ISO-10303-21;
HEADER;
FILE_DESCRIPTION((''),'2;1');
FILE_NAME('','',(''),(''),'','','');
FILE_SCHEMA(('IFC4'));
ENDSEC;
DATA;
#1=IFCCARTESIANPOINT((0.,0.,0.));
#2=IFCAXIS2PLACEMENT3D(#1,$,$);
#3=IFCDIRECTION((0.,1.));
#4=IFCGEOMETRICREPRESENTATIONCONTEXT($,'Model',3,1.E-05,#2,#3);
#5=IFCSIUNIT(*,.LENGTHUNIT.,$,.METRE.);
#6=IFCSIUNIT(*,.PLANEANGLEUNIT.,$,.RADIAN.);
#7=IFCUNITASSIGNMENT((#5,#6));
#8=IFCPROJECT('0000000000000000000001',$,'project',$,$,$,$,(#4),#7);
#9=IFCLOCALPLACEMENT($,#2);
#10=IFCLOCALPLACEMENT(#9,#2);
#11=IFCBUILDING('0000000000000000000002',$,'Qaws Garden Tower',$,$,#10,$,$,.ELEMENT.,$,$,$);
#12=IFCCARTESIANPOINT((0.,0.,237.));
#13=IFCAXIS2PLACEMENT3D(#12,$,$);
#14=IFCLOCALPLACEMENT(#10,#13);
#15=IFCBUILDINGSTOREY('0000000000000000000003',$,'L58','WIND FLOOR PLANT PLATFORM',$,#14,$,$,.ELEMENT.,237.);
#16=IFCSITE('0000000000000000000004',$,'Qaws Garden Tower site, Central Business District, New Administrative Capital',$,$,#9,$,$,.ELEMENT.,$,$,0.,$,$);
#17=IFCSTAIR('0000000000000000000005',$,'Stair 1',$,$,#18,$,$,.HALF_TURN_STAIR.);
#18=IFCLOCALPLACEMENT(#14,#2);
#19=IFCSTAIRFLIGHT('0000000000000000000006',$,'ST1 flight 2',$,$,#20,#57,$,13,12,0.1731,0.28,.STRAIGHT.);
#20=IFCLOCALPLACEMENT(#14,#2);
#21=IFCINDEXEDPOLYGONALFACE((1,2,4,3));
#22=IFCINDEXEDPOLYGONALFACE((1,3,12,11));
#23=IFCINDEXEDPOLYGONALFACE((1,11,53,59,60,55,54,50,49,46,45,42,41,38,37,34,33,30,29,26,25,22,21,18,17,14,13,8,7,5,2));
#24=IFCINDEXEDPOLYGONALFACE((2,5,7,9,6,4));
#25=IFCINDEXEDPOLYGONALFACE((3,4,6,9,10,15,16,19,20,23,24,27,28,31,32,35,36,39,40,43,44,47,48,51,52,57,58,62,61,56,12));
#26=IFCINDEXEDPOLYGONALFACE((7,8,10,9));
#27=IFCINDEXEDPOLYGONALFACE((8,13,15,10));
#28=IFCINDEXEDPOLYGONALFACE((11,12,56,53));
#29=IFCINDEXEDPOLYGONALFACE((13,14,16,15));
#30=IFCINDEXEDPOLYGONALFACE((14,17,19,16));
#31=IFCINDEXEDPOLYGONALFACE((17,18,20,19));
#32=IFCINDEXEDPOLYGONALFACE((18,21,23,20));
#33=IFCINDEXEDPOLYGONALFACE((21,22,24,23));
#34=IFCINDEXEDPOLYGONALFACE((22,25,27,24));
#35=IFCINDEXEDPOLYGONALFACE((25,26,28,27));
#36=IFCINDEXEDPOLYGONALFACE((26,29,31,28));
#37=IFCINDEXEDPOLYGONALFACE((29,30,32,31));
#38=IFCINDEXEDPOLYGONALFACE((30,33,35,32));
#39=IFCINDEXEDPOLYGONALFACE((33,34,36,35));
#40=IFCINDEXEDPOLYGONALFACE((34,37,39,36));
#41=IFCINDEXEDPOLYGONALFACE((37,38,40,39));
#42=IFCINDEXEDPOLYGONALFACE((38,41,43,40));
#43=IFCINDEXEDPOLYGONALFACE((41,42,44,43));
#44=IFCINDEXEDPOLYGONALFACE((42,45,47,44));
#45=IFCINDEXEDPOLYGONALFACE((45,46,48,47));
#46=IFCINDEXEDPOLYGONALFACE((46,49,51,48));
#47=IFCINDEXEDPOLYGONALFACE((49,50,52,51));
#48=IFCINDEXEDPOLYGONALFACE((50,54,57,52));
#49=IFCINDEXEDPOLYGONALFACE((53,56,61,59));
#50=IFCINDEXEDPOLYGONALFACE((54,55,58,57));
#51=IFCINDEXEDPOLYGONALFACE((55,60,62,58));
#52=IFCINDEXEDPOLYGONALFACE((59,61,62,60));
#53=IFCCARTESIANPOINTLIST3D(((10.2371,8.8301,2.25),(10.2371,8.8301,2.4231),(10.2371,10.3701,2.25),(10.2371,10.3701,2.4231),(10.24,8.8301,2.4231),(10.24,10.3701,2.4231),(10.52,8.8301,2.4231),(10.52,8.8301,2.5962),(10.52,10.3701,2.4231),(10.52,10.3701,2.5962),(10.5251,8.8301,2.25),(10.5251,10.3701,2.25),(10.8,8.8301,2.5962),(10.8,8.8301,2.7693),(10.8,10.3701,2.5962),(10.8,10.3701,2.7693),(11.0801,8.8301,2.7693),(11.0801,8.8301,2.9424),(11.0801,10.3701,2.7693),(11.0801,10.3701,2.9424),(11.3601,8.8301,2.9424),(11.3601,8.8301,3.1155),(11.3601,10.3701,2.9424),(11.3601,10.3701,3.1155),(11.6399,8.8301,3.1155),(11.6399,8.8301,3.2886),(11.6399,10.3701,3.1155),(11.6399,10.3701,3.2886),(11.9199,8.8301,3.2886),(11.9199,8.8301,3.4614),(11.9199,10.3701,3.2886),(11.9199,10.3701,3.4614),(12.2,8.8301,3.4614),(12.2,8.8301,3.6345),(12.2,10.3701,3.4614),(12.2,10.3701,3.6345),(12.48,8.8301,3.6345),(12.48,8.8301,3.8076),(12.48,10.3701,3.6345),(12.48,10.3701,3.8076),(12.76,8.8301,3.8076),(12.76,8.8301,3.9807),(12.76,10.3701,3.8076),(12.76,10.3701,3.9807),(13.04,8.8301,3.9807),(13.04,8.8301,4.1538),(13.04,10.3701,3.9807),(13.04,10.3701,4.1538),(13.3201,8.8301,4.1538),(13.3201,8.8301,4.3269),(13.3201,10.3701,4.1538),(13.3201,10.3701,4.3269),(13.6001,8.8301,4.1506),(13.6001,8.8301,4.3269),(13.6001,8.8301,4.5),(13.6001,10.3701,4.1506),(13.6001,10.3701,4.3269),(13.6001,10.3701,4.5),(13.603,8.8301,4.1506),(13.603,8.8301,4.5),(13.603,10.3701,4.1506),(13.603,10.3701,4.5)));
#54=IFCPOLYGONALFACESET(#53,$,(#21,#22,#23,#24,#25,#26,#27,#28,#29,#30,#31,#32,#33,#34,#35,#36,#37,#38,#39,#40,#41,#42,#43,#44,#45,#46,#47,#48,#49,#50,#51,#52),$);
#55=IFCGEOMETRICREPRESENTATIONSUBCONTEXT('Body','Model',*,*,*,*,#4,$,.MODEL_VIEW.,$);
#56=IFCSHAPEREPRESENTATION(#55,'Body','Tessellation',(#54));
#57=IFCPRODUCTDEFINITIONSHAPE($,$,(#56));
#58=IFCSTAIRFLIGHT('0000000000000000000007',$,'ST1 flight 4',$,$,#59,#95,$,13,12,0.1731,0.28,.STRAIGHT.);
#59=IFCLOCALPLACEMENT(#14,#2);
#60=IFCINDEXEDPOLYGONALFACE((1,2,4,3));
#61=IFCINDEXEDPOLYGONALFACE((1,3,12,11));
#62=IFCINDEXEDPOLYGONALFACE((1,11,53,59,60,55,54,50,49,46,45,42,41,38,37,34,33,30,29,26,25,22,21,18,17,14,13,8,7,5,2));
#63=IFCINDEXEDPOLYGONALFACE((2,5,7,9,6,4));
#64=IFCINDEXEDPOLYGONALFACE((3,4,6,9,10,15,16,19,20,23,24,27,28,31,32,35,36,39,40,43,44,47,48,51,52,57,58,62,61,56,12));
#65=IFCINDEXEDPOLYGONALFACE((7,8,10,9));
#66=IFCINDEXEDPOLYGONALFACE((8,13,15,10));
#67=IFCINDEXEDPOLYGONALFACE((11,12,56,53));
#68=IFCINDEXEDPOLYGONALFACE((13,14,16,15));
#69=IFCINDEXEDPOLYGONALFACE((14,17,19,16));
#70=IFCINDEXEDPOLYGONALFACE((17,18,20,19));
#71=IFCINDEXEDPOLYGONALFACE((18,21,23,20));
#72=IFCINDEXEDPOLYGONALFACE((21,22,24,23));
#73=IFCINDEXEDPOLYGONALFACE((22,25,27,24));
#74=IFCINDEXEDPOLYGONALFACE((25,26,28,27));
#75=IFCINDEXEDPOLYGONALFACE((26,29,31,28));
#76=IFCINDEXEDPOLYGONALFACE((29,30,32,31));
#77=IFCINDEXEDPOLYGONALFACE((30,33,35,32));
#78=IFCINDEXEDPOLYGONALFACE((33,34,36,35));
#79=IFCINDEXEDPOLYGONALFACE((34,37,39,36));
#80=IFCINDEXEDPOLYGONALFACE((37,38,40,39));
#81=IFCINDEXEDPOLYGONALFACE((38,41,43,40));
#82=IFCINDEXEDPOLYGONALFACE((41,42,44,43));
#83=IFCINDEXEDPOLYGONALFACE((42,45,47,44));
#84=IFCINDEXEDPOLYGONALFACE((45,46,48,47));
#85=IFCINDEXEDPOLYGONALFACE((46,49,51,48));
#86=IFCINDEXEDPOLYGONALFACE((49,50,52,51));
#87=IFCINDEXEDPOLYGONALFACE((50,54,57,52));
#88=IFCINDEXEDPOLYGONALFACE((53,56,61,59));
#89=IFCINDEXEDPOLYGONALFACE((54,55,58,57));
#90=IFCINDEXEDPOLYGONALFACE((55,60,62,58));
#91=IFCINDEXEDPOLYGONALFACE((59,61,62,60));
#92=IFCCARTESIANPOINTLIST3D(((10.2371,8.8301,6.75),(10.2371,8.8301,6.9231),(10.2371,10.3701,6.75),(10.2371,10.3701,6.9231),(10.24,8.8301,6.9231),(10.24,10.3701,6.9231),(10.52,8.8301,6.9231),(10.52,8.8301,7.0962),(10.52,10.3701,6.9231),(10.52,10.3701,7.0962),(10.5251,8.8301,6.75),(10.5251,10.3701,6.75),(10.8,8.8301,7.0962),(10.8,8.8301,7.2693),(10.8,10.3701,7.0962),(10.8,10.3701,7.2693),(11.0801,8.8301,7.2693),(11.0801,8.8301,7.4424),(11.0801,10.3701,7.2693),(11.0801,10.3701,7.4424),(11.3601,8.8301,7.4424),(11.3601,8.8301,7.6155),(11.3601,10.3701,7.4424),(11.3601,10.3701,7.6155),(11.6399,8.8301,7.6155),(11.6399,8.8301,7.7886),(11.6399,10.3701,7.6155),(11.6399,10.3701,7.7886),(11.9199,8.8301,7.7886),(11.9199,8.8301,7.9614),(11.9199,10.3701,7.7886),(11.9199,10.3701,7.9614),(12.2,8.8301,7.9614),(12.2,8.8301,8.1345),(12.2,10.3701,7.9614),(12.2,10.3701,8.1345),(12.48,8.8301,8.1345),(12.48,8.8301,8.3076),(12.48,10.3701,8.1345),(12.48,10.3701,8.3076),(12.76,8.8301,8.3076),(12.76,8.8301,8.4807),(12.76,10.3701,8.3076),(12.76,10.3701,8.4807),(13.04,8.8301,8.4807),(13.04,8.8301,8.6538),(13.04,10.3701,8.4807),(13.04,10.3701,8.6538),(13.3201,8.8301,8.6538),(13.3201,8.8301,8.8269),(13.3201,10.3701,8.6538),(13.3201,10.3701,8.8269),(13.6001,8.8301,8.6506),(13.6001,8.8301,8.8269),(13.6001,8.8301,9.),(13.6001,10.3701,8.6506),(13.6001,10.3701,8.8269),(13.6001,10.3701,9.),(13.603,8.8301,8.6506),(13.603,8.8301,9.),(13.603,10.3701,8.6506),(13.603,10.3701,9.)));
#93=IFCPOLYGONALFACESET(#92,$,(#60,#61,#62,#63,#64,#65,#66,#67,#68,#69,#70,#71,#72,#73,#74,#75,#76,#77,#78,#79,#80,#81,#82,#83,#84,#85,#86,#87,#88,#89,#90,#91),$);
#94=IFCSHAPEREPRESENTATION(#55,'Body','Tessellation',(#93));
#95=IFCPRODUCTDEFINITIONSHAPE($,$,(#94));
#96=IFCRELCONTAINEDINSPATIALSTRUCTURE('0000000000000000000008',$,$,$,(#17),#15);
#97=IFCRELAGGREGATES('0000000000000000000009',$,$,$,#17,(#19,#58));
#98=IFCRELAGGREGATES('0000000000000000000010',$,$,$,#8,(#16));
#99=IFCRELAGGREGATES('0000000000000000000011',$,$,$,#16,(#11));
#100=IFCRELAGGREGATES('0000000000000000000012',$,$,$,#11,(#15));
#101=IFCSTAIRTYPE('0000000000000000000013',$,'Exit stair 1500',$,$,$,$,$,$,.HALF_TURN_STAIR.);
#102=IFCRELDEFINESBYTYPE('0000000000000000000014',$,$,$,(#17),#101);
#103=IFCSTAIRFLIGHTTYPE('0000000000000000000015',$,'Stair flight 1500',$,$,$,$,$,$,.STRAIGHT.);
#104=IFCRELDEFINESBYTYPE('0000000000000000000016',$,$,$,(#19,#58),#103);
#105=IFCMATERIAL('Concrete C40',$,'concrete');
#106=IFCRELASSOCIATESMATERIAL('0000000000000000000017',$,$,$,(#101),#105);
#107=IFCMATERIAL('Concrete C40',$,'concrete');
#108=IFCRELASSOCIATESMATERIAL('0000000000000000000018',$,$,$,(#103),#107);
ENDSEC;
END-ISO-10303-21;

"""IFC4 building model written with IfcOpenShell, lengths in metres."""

from ifc_helpers import new_model, si_unit, direction, frame, origin, place, context, subcontext, project, spatial, polyline, outline, extrude, material, type_object, element, aggregate, save


model = new_model("IFC4")

# Units and contexts
model_context = context("Model", 3, precision=1e-05, world=origin(), true_north=direction((0.0, 1.0)))
body_context = subcontext(model_context, "Body", "Model", "MODEL_VIEW")
ifc_project = project(units=[si_unit("LENGTHUNIT", "METRE"), si_unit("PLANEANGLEUNIT", "RADIAN")], contexts=[model_context])

# Site, building, storey
site_placement = place(None, origin())
site = spatial("IfcSite", under=ifc_project, at=site_placement, Name="Qaws Garden Tower site, Central Business District, New Administrative Capital", CompositionType="ELEMENT", RefElevation=0.0)
building_placement = place(site_placement, origin())
building = spatial("IfcBuilding", under=site, at=building_placement, Name="Qaws Garden Tower", CompositionType="ELEMENT")
storey_placement = place(building_placement, frame((0.0, 0.0, 237.0)))
storey = spatial("IfcBuildingStorey", under=building, at=storey_placement, Name="L58", Description="WIND FLOOR PLANT PLATFORM", CompositionType="ELEMENT", Elevation=237.0)

# Stair, stair flights
ifc_material_1 = material(Name="Concrete C40", Category="concrete")
stair_type = type_object("IfcStairType", Name="Exit stair 1500", PredefinedType="HALF_TURN_STAIR", material=ifc_material_1)
stair_placement = place(storey_placement, origin())
stair = element("IfcStair", 1, at=stair_placement, inside=storey, type_object=stair_type, Name="Stair 1", PredefinedType="HALF_TURN_STAIR")
ifc_material_2 = material(Name="Concrete C40", Category="concrete")
stair_flight_type = type_object("IfcStairFlightType", Name="Stair flight 1500", PredefinedType="STRAIGHT", material=ifc_material_2)
stair_flight_1_placement = place(storey_placement, frame((10.24, 9.6001, 2.25), z_axis=(0.0, 0.0, 1.0), x_axis=(1.0, 0.0, 0.0)))
stair_flight_1 = element("IfcStairFlight", 2, at=stair_flight_1_placement, type_object=stair_flight_type, Name="ST1 flight 2", NumberOfRisers=13, NumberOfTreads=12, PredefinedType="STRAIGHT", RiserHeight=0.1731, TreadLength=0.28, context=body_context, shape_type="SweptSolid", body=[
    extrude(outline(polyline([(-0.0029, 0.0), (-0.0029, 0.1731), (0.0, 0.1731), (0.28, 0.1731), (0.28, 0.3462), (0.5601, 0.3462), (0.5601, 0.5193), (0.8401, 0.5193), (0.8401, 0.6924), (1.1201, 0.6924), (1.1201, 0.8655), (1.3999, 0.8655), (1.3999, 1.0386), (1.6799, 1.0386), (1.6799, 1.2114), (1.96, 1.2114), (1.96, 1.3845), (2.24, 1.3845), (2.24, 1.5576), (2.52, 1.5576), (2.52, 1.7307), (2.8, 1.7307), (2.8, 1.9038), (3.0801, 1.9038), (3.0801, 2.0769), (3.3601, 2.0769), (3.3601, 2.25), (3.363, 2.25), (3.363, 1.9006), (3.3601, 1.9006), (0.2852, 0.0), (-0.0029, 0.0)])), frame((0.0, 0.77, 0.0), z_axis=(0.0, -1.0, 0.0), x_axis=(1.0, 0.0, 0.0)), (0.0, 0.0, 1.0), 1.54),
])
stair_flight_2_placement = place(storey_placement, frame((10.24, 9.6001, 6.75), z_axis=(0.0, 0.0, 1.0), x_axis=(1.0, 0.0, 0.0)))
stair_flight_2 = element("IfcStairFlight", 3, at=stair_flight_2_placement, type_object=stair_flight_type, Name="ST1 flight 4", NumberOfRisers=13, NumberOfTreads=12, PredefinedType="STRAIGHT", RiserHeight=0.1731, TreadLength=0.28, context=body_context, shape_type="SweptSolid", body=[
    extrude(outline(polyline([(-0.0029, 0.0), (-0.0029, 0.1731), (0.0, 0.1731), (0.28, 0.1731), (0.28, 0.3462), (0.5601, 0.3462), (0.5601, 0.5193), (0.8401, 0.5193), (0.8401, 0.6924), (1.1201, 0.6924), (1.1201, 0.8655), (1.3999, 0.8655), (1.3999, 1.0386), (1.6799, 1.0386), (1.6799, 1.2114), (1.96, 1.2114), (1.96, 1.3845), (2.24, 1.3845), (2.24, 1.5576), (2.52, 1.5576), (2.52, 1.7307), (2.8, 1.7307), (2.8, 1.9038), (3.0801, 1.9038), (3.0801, 2.0769), (3.3601, 2.0769), (3.3601, 2.25), (3.363, 2.25), (3.363, 1.9006), (3.3601, 1.9006), (0.2852, 0.0), (-0.0029, 0.0)])), frame((0.0, 0.77, 0.0), z_axis=(0.0, -1.0, 0.0), x_axis=(1.0, 0.0, 0.0)), (0.0, 0.0, 1.0), 1.54),
])
aggregate(stair, [stair_flight_1, stair_flight_2])

save(model, "model.ifc")
